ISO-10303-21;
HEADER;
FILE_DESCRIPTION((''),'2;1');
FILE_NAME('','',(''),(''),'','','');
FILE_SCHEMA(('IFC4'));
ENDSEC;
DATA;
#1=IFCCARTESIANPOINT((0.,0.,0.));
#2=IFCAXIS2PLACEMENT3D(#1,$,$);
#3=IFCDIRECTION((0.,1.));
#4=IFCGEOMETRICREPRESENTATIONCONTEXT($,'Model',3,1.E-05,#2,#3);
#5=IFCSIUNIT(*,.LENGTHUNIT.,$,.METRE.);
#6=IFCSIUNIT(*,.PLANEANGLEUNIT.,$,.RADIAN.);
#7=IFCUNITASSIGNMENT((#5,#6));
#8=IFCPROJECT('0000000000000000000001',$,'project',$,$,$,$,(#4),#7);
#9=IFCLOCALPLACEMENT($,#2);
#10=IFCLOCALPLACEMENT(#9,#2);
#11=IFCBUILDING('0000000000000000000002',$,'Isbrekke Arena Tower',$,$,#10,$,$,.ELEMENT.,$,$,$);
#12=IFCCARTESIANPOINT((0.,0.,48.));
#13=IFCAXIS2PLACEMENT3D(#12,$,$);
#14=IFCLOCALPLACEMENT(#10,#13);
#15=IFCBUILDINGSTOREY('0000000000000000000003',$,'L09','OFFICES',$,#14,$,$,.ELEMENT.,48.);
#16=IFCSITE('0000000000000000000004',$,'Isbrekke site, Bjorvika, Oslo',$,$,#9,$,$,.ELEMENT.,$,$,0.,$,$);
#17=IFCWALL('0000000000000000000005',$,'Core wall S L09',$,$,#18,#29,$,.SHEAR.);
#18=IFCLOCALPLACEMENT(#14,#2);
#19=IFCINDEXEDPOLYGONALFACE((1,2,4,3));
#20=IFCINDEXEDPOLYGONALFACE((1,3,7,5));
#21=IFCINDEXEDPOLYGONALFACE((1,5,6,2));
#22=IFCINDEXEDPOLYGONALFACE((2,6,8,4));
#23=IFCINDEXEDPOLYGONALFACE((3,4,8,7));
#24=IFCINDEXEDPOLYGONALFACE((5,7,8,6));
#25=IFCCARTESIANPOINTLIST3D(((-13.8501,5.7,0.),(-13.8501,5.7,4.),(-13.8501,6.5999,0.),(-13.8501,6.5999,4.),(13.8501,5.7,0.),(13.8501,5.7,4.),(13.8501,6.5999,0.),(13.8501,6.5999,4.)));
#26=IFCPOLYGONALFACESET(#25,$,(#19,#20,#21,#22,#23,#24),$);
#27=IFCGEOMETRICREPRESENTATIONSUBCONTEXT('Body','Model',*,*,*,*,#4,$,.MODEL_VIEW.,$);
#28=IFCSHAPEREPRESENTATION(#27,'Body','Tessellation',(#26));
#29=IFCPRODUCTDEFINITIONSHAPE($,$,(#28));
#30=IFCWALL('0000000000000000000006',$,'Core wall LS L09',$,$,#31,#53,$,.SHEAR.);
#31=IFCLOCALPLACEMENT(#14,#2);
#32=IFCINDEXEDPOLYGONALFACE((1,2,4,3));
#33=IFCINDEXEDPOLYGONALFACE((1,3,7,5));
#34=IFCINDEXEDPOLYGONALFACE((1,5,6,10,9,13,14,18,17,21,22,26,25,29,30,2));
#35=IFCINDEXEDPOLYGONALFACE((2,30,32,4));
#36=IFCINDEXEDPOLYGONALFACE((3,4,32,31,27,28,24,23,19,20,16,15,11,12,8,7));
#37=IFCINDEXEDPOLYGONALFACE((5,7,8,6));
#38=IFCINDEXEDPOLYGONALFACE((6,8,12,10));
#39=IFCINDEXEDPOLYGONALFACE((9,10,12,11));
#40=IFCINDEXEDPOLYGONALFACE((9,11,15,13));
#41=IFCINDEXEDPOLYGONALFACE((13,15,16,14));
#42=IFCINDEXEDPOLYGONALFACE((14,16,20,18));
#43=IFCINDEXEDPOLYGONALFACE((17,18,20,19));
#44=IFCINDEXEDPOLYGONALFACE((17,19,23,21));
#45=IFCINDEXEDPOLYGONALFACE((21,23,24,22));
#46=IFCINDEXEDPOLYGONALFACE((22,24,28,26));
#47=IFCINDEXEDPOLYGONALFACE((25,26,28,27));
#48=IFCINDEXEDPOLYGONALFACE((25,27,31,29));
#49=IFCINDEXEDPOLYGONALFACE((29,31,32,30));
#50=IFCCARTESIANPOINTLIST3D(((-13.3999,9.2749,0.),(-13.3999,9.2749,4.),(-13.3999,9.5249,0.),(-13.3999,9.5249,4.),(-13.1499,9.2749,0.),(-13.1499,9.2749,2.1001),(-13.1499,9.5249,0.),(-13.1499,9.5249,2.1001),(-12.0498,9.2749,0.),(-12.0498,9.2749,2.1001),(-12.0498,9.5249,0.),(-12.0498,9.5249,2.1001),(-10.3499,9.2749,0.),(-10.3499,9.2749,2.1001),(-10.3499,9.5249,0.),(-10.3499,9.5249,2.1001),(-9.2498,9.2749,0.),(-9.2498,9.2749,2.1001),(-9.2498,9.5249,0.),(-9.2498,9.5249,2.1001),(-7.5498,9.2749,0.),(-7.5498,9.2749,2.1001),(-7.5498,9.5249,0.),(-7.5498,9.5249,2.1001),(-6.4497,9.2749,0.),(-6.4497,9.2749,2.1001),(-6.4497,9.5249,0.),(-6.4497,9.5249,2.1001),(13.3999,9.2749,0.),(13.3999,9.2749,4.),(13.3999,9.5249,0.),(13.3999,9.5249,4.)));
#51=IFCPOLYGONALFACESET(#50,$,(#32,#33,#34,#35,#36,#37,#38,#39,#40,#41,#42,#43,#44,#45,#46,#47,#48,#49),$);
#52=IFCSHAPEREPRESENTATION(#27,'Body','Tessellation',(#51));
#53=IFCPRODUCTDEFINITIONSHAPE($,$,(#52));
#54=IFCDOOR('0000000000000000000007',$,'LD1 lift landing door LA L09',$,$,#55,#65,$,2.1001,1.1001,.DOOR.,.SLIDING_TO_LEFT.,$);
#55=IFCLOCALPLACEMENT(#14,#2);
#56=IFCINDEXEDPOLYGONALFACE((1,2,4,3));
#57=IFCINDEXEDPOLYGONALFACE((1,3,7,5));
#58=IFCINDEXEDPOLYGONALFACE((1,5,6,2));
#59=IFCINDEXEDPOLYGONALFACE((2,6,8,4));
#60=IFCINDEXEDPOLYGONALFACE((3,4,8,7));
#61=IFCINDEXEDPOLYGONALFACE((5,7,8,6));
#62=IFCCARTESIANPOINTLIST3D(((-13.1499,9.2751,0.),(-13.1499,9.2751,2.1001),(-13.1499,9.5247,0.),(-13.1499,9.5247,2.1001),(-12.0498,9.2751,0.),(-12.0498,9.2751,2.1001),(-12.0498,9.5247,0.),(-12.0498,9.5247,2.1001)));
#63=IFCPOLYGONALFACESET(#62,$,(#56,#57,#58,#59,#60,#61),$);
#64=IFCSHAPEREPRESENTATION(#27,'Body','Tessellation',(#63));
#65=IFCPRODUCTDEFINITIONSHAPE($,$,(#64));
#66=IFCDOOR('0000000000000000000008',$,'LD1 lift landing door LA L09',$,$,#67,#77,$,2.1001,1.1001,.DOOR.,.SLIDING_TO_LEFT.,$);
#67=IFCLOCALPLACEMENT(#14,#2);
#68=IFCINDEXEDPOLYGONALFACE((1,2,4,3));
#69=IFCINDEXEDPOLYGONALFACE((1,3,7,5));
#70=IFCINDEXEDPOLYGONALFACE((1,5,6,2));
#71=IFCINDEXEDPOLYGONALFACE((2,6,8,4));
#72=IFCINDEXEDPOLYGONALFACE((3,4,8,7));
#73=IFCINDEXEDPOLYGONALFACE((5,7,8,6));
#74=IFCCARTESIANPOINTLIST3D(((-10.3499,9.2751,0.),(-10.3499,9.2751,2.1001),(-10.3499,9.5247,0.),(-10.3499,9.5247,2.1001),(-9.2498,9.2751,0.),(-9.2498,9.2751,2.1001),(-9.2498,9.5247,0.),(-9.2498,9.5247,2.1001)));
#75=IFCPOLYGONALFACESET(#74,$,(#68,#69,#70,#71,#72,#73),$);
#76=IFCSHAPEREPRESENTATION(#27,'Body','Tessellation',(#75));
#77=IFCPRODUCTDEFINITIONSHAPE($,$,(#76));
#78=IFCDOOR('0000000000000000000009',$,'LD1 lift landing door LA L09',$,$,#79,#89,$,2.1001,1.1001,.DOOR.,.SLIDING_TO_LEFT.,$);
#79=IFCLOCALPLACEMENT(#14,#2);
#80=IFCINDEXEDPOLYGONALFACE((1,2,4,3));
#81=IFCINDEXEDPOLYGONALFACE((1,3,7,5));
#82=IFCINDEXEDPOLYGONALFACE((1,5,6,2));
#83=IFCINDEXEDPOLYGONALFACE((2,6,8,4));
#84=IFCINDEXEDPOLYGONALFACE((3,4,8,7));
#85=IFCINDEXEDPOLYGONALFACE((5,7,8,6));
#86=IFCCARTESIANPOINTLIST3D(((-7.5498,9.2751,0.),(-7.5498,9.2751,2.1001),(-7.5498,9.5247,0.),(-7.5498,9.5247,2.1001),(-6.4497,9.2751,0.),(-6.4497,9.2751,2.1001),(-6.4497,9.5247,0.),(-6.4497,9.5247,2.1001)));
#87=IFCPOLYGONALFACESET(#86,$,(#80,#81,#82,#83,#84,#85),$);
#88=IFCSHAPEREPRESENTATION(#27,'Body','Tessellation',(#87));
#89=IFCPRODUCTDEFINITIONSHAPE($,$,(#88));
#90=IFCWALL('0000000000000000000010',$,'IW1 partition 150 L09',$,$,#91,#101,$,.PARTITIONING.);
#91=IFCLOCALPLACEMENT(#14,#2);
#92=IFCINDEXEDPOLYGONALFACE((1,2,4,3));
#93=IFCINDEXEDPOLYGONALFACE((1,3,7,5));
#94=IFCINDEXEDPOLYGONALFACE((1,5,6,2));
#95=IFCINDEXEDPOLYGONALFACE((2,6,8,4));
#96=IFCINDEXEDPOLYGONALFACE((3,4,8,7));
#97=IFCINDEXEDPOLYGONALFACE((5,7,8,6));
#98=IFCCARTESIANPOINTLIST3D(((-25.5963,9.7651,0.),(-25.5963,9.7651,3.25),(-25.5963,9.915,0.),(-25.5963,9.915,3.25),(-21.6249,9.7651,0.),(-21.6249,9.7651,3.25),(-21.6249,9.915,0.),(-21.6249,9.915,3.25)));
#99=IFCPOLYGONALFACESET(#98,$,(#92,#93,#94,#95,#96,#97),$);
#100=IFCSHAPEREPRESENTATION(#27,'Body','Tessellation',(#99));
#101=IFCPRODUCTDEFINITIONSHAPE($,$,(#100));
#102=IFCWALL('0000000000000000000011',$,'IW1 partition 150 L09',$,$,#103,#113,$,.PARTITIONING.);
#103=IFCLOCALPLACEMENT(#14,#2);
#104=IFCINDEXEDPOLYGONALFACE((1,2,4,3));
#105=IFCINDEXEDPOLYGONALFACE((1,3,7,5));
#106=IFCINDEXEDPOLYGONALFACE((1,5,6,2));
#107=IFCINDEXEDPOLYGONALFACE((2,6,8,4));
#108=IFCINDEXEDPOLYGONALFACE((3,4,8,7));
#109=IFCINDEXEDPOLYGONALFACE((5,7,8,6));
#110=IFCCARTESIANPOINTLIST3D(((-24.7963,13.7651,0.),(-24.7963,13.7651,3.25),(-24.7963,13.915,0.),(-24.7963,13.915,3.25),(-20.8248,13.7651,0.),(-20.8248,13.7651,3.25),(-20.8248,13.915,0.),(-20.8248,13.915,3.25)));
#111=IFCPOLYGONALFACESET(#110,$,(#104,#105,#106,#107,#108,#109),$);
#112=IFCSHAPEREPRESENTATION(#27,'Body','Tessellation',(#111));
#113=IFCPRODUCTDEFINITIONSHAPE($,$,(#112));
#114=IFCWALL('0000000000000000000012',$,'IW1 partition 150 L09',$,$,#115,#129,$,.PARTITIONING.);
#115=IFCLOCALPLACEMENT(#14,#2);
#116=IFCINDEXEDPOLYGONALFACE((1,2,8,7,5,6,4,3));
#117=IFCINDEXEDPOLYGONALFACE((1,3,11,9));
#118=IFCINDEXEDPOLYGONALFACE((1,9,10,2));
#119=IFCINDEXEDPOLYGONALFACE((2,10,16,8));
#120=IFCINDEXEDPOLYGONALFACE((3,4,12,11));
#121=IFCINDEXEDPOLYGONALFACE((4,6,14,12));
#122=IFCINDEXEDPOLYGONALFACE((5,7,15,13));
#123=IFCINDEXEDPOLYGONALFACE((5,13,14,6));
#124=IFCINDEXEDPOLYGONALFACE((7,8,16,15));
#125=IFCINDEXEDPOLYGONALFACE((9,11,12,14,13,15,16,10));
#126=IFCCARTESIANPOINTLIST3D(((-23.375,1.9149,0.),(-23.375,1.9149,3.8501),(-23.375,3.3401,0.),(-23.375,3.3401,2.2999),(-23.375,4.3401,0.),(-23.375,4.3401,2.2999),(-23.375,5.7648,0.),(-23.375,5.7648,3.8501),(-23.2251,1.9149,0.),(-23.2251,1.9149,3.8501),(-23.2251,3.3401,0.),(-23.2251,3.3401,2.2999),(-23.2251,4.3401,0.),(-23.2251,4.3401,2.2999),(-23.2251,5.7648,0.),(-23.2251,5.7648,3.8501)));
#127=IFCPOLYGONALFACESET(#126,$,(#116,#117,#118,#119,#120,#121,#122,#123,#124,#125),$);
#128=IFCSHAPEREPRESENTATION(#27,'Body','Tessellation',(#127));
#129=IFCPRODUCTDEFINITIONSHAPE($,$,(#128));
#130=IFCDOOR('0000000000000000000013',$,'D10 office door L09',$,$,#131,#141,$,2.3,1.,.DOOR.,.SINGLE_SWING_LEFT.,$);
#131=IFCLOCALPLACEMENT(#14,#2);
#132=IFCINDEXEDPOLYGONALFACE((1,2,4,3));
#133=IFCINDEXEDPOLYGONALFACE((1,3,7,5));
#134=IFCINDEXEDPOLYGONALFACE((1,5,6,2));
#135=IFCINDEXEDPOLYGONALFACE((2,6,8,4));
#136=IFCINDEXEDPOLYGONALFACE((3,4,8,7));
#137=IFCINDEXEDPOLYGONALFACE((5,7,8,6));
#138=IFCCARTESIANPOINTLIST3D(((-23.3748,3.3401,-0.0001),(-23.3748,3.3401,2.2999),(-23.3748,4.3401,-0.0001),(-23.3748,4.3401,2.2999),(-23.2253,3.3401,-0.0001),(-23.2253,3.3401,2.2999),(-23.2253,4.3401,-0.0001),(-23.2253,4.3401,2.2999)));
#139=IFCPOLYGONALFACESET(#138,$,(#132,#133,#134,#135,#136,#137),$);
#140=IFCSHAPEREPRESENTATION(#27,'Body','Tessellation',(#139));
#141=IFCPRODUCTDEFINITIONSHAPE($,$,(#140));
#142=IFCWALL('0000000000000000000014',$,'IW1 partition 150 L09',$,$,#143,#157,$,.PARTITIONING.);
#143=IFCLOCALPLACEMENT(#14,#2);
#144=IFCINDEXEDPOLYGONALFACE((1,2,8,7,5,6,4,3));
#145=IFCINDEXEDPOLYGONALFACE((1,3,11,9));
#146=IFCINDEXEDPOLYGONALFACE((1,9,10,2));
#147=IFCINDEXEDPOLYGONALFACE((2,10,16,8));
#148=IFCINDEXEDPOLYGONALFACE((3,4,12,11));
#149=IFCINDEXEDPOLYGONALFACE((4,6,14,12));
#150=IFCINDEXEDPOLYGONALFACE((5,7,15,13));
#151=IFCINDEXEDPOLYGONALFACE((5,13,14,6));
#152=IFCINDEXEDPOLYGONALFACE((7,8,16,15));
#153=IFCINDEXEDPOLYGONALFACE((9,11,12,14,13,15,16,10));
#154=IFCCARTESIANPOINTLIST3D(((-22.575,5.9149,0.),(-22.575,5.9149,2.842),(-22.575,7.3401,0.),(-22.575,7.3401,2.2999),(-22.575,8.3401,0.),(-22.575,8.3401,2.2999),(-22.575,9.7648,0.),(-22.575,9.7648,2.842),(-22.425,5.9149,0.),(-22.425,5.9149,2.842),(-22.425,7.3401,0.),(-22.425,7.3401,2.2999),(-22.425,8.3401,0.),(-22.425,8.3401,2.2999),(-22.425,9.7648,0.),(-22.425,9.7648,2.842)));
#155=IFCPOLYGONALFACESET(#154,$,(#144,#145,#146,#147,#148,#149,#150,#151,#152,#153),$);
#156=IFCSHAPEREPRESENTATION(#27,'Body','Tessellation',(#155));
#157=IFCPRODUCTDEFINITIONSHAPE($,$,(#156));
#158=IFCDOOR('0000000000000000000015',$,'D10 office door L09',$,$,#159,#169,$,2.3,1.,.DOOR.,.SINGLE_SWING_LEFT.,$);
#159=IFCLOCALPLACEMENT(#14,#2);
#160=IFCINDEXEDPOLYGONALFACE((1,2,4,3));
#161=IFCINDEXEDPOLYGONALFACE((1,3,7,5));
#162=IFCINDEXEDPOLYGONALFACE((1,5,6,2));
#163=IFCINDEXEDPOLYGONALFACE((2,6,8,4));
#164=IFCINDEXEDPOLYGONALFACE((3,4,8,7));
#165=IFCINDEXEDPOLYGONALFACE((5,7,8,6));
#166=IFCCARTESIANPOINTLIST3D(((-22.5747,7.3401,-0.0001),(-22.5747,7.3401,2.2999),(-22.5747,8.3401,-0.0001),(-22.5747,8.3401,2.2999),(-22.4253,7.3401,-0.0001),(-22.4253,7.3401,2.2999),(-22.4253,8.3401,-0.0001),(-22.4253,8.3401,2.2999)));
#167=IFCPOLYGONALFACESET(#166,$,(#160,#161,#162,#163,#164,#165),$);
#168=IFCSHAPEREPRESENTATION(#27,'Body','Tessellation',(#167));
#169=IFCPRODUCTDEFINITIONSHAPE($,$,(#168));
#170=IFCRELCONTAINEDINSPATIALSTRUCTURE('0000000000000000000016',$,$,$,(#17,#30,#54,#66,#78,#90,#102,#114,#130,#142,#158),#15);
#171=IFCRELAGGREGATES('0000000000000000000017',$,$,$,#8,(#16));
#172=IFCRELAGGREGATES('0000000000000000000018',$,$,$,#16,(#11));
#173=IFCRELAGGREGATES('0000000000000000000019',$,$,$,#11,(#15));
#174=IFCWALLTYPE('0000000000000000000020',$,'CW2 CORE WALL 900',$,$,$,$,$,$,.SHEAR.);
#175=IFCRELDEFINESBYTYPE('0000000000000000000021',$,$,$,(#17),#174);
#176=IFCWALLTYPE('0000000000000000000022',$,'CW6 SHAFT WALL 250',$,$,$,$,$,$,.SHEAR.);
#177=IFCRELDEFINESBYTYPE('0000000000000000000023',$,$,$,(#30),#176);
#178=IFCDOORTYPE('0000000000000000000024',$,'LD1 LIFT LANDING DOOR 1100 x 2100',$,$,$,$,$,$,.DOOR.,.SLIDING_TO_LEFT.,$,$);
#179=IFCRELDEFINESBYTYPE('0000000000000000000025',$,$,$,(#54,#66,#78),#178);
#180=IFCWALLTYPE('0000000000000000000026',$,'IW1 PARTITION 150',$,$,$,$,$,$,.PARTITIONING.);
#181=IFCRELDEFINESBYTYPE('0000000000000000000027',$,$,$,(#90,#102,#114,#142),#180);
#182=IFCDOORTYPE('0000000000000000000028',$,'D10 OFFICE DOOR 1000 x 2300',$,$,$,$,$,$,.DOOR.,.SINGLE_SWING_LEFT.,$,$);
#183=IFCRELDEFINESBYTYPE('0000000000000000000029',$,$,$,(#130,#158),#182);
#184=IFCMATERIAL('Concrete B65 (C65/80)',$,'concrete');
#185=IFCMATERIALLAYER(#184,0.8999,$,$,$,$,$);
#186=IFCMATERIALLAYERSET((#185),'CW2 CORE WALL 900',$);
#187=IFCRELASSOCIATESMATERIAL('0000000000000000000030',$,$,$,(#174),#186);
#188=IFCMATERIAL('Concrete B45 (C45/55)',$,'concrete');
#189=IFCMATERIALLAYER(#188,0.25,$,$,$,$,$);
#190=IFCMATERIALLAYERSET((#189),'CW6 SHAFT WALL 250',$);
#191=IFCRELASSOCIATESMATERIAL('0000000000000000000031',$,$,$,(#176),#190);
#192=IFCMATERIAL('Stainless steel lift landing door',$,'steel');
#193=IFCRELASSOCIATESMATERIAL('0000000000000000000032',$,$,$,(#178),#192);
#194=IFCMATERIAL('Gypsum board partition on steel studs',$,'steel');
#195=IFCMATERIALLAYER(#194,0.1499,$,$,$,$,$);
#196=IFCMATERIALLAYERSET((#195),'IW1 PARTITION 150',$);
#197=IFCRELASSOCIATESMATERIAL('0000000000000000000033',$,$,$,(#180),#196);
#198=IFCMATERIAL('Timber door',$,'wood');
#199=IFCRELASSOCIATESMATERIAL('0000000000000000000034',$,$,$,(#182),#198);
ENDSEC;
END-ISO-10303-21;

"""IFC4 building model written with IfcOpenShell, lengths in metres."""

from ifc_helpers import new_model, si_unit, direction, frame, frame_2d, origin, place, context, subcontext, project, spatial, rectangle, extrude, material, layer, layer_set, type_object, element, fill, save


model = new_model("IFC4")

# Units and contexts
model_context = context("Model", 3, precision=1e-05, world=origin(), true_north=direction((0.0, 1.0)))
body_context = subcontext(model_context, "Body", "Model", "MODEL_VIEW")
ifc_project = project(units=[si_unit("LENGTHUNIT", "METRE"), si_unit("PLANEANGLEUNIT", "RADIAN")], contexts=[model_context])

# Site, building, storey
site_placement = place(None, origin())
site = spatial("IfcSite", under=ifc_project, at=site_placement, Name="Isbrekke site, Bjorvika, Oslo", CompositionType="ELEMENT", RefElevation=0.0)
building_placement = place(site_placement, origin())
building = spatial("IfcBuilding", under=site, at=building_placement, Name="Isbrekke Arena Tower", CompositionType="ELEMENT")
storey_placement = place(building_placement, frame((0.0, 0.0, 48.0)))
storey = spatial("IfcBuildingStorey", under=building, at=storey_placement, Name="L09", Description="OFFICES", CompositionType="ELEMENT", Elevation=48.0)

# Wall
ifc_material_1 = material(Name="Concrete B65 (C65/80)", Category="concrete")
ifc_layer_1 = layer(ifc_material_1, 0.8999)
ifc_layer_set_1 = layer_set([ifc_layer_1], Name="CW2 CORE WALL 900")
wall_type_1 = type_object("IfcWallType", Name="CW2 CORE WALL 900", PredefinedType="SHEAR", material=ifc_layer_set_1)
wall_1_placement = place(storey_placement, frame((-13.8501, 6.1499, 0.0), z_axis=(0.0, 0.0, 1.0), x_axis=(1.0, 0.0, 0.0)))
element("IfcWall", 1, at=wall_1_placement, inside=storey, type_object=wall_type_1, Name="Core wall S L09", PredefinedType="SHEAR", context=body_context, shape_type="SweptSolid", body=[
    extrude(rectangle(XDim=27.7002, YDim=0.8999, at=frame_2d((13.8501, 0.0))), origin(), (0.0, 0.0, 1.0), 4.0),
])

# Wall, openings, doors
ifc_material_2 = material(Name="Concrete B45 (C45/55)", Category="concrete")
ifc_layer_2 = layer(ifc_material_2, 0.25)
ifc_layer_set_2 = layer_set([ifc_layer_2], Name="CW6 SHAFT WALL 250")
wall_type_2 = type_object("IfcWallType", Name="CW6 SHAFT WALL 250", PredefinedType="SHEAR", material=ifc_layer_set_2)
wall_2_placement = place(storey_placement, frame((-13.3999, 9.3999, 0.0), z_axis=(0.0, 0.0, 1.0), x_axis=(1.0, 0.0, 0.0)))
wall_2 = element("IfcWall", 2, at=wall_2_placement, inside=storey, type_object=wall_type_2, Name="Core wall LS L09", PredefinedType="SHEAR", context=body_context, shape_type="SweptSolid", body=[
    extrude(rectangle(XDim=26.7998, YDim=0.25, at=frame_2d((13.3999, 0.0))), origin(), (0.0, 0.0, 1.0), 4.0),
])
opening_1_placement = place(wall_2_placement, frame((0.25, 0.0, 0.0)))
opening_1 = element("IfcOpeningElement", 3, at=opening_1_placement, cuts=wall_2, PredefinedType="OPENING", context=body_context, shape_type="SweptSolid", body=[
    extrude(rectangle(XDim=1.1001, YDim=2.1001, at=frame_2d((0.55, 1.05))), frame((0.0, 0.1399, 0.0), z_axis=(0.0, -1.0, 0.0), x_axis=(1.0, 0.0, 0.0)), (0.0, 0.0, 1.0), 0.2798),
])
opening_2_placement = place(wall_2_placement, frame((3.05, 0.0, 0.0)))
opening_2 = element("IfcOpeningElement", 4, at=opening_2_placement, cuts=wall_2, PredefinedType="OPENING", context=body_context, shape_type="SweptSolid", body=[
    extrude(rectangle(XDim=1.1001, YDim=2.1001, at=frame_2d((0.55, 1.05))), frame((0.0, 0.1399, 0.0), z_axis=(0.0, -1.0, 0.0), x_axis=(1.0, 0.0, 0.0)), (0.0, 0.0, 1.0), 0.2798),
])
opening_3_placement = place(wall_2_placement, frame((5.8501, 0.0, 0.0)))
opening_3 = element("IfcOpeningElement", 5, at=opening_3_placement, cuts=wall_2, PredefinedType="OPENING", context=body_context, shape_type="SweptSolid", body=[
    extrude(rectangle(XDim=1.1001, YDim=2.1001, at=frame_2d((0.55, 1.05))), frame((0.0, 0.1399, 0.0), z_axis=(0.0, -1.0, 0.0), x_axis=(1.0, 0.0, 0.0)), (0.0, 0.0, 1.0), 0.2798),
])
ifc_material_3 = material(Name="Stainless steel lift landing door", Category="steel")
door_type_1 = type_object("IfcDoorType", Name="LD1 LIFT LANDING DOOR 1100 x 2100", OperationType="SLIDING_TO_LEFT", PredefinedType="DOOR", material=ifc_material_3)
door_1_placement = place(opening_1_placement, origin())
door_1 = element("IfcDoor", 6, at=door_1_placement, inside=storey, type_object=door_type_1, Name="LD1 lift landing door LA L09", OperationType="SLIDING_TO_LEFT", OverallHeight=2.1001, OverallWidth=1.1001, PredefinedType="DOOR", context=body_context, shape_type="SweptSolid", body=[
    extrude(rectangle(XDim=1.1001, YDim=2.1001, at=frame_2d((0.55, 1.05))), frame((0.0, 0.1248, 0.0), z_axis=(0.0, -1.0, 0.0), x_axis=(1.0, 0.0, 0.0)), (0.0, 0.0, 1.0), 0.2495),
])
fill(opening_1, door_1)
door_2_placement = place(opening_2_placement, origin())
door_2 = element("IfcDoor", 7, at=door_2_placement, inside=storey, type_object=door_type_1, Name="LD1 lift landing door LA L09", OperationType="SLIDING_TO_LEFT", OverallHeight=2.1001, OverallWidth=1.1001, PredefinedType="DOOR", context=body_context, shape_type="SweptSolid", body=[
    extrude(rectangle(XDim=1.1001, YDim=2.1001, at=frame_2d((0.55, 1.05))), frame((0.0, 0.1248, 0.0), z_axis=(0.0, -1.0, 0.0), x_axis=(1.0, 0.0, 0.0)), (0.0, 0.0, 1.0), 0.2495),
])
fill(opening_2, door_2)
door_3_placement = place(opening_3_placement, origin())
door_3 = element("IfcDoor", 8, at=door_3_placement, inside=storey, type_object=door_type_1, Name="LD1 lift landing door LA L09", OperationType="SLIDING_TO_LEFT", OverallHeight=2.1001, OverallWidth=1.1001, PredefinedType="DOOR", context=body_context, shape_type="SweptSolid", body=[
    extrude(rectangle(XDim=1.1001, YDim=2.1001, at=frame_2d((0.55, 1.05))), frame((0.0, 0.1248, 0.0), z_axis=(0.0, -1.0, 0.0), x_axis=(1.0, 0.0, 0.0)), (0.0, 0.0, 1.0), 0.2495),
])
fill(opening_3, door_3)

# Walls
ifc_material_4 = material(Name="Gypsum board partition on steel studs", Category="steel")
ifc_layer_3 = layer(ifc_material_4, 0.1499)
ifc_layer_set_3 = layer_set([ifc_layer_3], Name="IW1 PARTITION 150")
wall_type_3 = type_object("IfcWallType", Name="IW1 PARTITION 150", PredefinedType="PARTITIONING", material=ifc_layer_set_3)
for number, where, z_axis, x_axis, name in (
    (9, (-25.5964, 9.8401, 0.0), (0.0, 0.0, 1.0), (1.0, 0.0, 0.0), "IW1 partition 150 L09"),
    (10, (-24.7964, 13.8401, 0.0), (0.0, 0.0, 1.0), (1.0, 0.0, 0.0), "IW1 partition 150 L09"),
):
    element("IfcWall", number, at=place(storey_placement, frame(where, z_axis=z_axis, x_axis=x_axis)), inside=storey, type_object=wall_type_3, Name=name, PredefinedType="PARTITIONING", context=body_context, shape_type="SweptSolid", body=[
        extrude(rectangle(XDim=3.9714, YDim=0.1499, at=frame_2d((1.9858, 0.0))), origin(), (0.0, 0.0, 1.0), 3.25),
    ])

# Walls, openings, doors
wall_3_placement = place(storey_placement, frame((-23.3, 1.915, 0.0), z_axis=(0.0, 0.0, 1.0), x_axis=(0.0, 1.0, 0.0)))
wall_3 = element("IfcWall", 11, at=wall_3_placement, inside=storey, type_object=wall_type_3, Name="IW1 partition 150 L09", PredefinedType="PARTITIONING", context=body_context, shape_type="SweptSolid", body=[
    extrude(rectangle(XDim=3.8499, YDim=0.1499, at=frame_2d((1.9248, 0.0))), origin(), (0.0, 0.0, 1.0), 3.8501),
])
opening_4_placement = place(wall_3_placement, frame((1.425, 0.0, 0.0)))
opening_4 = element("IfcOpeningElement", 12, at=opening_4_placement, cuts=wall_3, PredefinedType="OPENING", context=body_context, shape_type="SweptSolid", body=[
    extrude(rectangle(XDim=1.0, YDim=2.3, at=frame_2d((0.5, 1.1499))), frame((0.0, 0.0898, 0.0), z_axis=(0.0, -1.0, 0.0), x_axis=(1.0, 0.0, 0.0)), (0.0, 0.0, 1.0), 0.1797),
])
ifc_material_5 = material(Name="Timber door", Category="wood")
door_type_2 = type_object("IfcDoorType", Name="D10 OFFICE DOOR 1000 x 2300", OperationType="SINGLE_SWING_LEFT", PredefinedType="DOOR", material=ifc_material_5)
door_4_placement = place(opening_4_placement, origin())
door_4 = element("IfcDoor", 13, at=door_4_placement, inside=storey, type_object=door_type_2, Name="D10 office door L09", OperationType="SINGLE_SWING_LEFT", OverallHeight=2.3, OverallWidth=1.0, PredefinedType="DOOR", context=body_context, shape_type="SweptSolid", body=[
    extrude(rectangle(XDim=1.0, YDim=2.3, at=frame_2d((0.5, 1.1499))), frame((0.0, 0.0747, 0.0), z_axis=(0.0, -1.0, 0.0), x_axis=(1.0, 0.0, 0.0)), (0.0, 0.0, 1.0), 0.1494),
])
fill(opening_4, door_4)
wall_4_placement = place(storey_placement, frame((-22.5, 5.915, 0.0), z_axis=(0.0, 0.0, 1.0), x_axis=(0.0, 1.0, 0.0)))
wall_4 = element("IfcWall", 14, at=wall_4_placement, inside=storey, type_object=wall_type_3, Name="IW1 partition 150 L09", PredefinedType="PARTITIONING", context=body_context, shape_type="SweptSolid", body=[
    extrude(rectangle(XDim=3.8499, YDim=0.1499, at=frame_2d((1.9248, 0.0))), origin(), (0.0, 0.0, 1.0), 2.842),
])
opening_5_placement = place(wall_4_placement, frame((1.425, 0.0, 0.0)))
opening_5 = element("IfcOpeningElement", 15, at=opening_5_placement, cuts=wall_4, PredefinedType="OPENING", context=body_context, shape_type="SweptSolid", body=[
    extrude(rectangle(XDim=1.0, YDim=2.3, at=frame_2d((0.5, 1.1499))), frame((0.0, 0.0898, 0.0), z_axis=(0.0, -1.0, 0.0), x_axis=(1.0, 0.0, 0.0)), (0.0, 0.0, 1.0), 0.1797),
])
door_5_placement = place(opening_5_placement, origin())
door_5 = element("IfcDoor", 16, at=door_5_placement, inside=storey, type_object=door_type_2, Name="D10 office door L09", OperationType="SINGLE_SWING_LEFT", OverallHeight=2.3, OverallWidth=1.0, PredefinedType="DOOR", context=body_context, shape_type="SweptSolid", body=[
    extrude(rectangle(XDim=1.0, YDim=2.3, at=frame_2d((0.5, 1.1499))), frame((0.0, 0.0747, 0.0), z_axis=(0.0, -1.0, 0.0), x_axis=(1.0, 0.0, 0.0)), (0.0, 0.0, 1.0), 0.1494),
])
fill(opening_5, door_5)

save(model, "model.ifc")
